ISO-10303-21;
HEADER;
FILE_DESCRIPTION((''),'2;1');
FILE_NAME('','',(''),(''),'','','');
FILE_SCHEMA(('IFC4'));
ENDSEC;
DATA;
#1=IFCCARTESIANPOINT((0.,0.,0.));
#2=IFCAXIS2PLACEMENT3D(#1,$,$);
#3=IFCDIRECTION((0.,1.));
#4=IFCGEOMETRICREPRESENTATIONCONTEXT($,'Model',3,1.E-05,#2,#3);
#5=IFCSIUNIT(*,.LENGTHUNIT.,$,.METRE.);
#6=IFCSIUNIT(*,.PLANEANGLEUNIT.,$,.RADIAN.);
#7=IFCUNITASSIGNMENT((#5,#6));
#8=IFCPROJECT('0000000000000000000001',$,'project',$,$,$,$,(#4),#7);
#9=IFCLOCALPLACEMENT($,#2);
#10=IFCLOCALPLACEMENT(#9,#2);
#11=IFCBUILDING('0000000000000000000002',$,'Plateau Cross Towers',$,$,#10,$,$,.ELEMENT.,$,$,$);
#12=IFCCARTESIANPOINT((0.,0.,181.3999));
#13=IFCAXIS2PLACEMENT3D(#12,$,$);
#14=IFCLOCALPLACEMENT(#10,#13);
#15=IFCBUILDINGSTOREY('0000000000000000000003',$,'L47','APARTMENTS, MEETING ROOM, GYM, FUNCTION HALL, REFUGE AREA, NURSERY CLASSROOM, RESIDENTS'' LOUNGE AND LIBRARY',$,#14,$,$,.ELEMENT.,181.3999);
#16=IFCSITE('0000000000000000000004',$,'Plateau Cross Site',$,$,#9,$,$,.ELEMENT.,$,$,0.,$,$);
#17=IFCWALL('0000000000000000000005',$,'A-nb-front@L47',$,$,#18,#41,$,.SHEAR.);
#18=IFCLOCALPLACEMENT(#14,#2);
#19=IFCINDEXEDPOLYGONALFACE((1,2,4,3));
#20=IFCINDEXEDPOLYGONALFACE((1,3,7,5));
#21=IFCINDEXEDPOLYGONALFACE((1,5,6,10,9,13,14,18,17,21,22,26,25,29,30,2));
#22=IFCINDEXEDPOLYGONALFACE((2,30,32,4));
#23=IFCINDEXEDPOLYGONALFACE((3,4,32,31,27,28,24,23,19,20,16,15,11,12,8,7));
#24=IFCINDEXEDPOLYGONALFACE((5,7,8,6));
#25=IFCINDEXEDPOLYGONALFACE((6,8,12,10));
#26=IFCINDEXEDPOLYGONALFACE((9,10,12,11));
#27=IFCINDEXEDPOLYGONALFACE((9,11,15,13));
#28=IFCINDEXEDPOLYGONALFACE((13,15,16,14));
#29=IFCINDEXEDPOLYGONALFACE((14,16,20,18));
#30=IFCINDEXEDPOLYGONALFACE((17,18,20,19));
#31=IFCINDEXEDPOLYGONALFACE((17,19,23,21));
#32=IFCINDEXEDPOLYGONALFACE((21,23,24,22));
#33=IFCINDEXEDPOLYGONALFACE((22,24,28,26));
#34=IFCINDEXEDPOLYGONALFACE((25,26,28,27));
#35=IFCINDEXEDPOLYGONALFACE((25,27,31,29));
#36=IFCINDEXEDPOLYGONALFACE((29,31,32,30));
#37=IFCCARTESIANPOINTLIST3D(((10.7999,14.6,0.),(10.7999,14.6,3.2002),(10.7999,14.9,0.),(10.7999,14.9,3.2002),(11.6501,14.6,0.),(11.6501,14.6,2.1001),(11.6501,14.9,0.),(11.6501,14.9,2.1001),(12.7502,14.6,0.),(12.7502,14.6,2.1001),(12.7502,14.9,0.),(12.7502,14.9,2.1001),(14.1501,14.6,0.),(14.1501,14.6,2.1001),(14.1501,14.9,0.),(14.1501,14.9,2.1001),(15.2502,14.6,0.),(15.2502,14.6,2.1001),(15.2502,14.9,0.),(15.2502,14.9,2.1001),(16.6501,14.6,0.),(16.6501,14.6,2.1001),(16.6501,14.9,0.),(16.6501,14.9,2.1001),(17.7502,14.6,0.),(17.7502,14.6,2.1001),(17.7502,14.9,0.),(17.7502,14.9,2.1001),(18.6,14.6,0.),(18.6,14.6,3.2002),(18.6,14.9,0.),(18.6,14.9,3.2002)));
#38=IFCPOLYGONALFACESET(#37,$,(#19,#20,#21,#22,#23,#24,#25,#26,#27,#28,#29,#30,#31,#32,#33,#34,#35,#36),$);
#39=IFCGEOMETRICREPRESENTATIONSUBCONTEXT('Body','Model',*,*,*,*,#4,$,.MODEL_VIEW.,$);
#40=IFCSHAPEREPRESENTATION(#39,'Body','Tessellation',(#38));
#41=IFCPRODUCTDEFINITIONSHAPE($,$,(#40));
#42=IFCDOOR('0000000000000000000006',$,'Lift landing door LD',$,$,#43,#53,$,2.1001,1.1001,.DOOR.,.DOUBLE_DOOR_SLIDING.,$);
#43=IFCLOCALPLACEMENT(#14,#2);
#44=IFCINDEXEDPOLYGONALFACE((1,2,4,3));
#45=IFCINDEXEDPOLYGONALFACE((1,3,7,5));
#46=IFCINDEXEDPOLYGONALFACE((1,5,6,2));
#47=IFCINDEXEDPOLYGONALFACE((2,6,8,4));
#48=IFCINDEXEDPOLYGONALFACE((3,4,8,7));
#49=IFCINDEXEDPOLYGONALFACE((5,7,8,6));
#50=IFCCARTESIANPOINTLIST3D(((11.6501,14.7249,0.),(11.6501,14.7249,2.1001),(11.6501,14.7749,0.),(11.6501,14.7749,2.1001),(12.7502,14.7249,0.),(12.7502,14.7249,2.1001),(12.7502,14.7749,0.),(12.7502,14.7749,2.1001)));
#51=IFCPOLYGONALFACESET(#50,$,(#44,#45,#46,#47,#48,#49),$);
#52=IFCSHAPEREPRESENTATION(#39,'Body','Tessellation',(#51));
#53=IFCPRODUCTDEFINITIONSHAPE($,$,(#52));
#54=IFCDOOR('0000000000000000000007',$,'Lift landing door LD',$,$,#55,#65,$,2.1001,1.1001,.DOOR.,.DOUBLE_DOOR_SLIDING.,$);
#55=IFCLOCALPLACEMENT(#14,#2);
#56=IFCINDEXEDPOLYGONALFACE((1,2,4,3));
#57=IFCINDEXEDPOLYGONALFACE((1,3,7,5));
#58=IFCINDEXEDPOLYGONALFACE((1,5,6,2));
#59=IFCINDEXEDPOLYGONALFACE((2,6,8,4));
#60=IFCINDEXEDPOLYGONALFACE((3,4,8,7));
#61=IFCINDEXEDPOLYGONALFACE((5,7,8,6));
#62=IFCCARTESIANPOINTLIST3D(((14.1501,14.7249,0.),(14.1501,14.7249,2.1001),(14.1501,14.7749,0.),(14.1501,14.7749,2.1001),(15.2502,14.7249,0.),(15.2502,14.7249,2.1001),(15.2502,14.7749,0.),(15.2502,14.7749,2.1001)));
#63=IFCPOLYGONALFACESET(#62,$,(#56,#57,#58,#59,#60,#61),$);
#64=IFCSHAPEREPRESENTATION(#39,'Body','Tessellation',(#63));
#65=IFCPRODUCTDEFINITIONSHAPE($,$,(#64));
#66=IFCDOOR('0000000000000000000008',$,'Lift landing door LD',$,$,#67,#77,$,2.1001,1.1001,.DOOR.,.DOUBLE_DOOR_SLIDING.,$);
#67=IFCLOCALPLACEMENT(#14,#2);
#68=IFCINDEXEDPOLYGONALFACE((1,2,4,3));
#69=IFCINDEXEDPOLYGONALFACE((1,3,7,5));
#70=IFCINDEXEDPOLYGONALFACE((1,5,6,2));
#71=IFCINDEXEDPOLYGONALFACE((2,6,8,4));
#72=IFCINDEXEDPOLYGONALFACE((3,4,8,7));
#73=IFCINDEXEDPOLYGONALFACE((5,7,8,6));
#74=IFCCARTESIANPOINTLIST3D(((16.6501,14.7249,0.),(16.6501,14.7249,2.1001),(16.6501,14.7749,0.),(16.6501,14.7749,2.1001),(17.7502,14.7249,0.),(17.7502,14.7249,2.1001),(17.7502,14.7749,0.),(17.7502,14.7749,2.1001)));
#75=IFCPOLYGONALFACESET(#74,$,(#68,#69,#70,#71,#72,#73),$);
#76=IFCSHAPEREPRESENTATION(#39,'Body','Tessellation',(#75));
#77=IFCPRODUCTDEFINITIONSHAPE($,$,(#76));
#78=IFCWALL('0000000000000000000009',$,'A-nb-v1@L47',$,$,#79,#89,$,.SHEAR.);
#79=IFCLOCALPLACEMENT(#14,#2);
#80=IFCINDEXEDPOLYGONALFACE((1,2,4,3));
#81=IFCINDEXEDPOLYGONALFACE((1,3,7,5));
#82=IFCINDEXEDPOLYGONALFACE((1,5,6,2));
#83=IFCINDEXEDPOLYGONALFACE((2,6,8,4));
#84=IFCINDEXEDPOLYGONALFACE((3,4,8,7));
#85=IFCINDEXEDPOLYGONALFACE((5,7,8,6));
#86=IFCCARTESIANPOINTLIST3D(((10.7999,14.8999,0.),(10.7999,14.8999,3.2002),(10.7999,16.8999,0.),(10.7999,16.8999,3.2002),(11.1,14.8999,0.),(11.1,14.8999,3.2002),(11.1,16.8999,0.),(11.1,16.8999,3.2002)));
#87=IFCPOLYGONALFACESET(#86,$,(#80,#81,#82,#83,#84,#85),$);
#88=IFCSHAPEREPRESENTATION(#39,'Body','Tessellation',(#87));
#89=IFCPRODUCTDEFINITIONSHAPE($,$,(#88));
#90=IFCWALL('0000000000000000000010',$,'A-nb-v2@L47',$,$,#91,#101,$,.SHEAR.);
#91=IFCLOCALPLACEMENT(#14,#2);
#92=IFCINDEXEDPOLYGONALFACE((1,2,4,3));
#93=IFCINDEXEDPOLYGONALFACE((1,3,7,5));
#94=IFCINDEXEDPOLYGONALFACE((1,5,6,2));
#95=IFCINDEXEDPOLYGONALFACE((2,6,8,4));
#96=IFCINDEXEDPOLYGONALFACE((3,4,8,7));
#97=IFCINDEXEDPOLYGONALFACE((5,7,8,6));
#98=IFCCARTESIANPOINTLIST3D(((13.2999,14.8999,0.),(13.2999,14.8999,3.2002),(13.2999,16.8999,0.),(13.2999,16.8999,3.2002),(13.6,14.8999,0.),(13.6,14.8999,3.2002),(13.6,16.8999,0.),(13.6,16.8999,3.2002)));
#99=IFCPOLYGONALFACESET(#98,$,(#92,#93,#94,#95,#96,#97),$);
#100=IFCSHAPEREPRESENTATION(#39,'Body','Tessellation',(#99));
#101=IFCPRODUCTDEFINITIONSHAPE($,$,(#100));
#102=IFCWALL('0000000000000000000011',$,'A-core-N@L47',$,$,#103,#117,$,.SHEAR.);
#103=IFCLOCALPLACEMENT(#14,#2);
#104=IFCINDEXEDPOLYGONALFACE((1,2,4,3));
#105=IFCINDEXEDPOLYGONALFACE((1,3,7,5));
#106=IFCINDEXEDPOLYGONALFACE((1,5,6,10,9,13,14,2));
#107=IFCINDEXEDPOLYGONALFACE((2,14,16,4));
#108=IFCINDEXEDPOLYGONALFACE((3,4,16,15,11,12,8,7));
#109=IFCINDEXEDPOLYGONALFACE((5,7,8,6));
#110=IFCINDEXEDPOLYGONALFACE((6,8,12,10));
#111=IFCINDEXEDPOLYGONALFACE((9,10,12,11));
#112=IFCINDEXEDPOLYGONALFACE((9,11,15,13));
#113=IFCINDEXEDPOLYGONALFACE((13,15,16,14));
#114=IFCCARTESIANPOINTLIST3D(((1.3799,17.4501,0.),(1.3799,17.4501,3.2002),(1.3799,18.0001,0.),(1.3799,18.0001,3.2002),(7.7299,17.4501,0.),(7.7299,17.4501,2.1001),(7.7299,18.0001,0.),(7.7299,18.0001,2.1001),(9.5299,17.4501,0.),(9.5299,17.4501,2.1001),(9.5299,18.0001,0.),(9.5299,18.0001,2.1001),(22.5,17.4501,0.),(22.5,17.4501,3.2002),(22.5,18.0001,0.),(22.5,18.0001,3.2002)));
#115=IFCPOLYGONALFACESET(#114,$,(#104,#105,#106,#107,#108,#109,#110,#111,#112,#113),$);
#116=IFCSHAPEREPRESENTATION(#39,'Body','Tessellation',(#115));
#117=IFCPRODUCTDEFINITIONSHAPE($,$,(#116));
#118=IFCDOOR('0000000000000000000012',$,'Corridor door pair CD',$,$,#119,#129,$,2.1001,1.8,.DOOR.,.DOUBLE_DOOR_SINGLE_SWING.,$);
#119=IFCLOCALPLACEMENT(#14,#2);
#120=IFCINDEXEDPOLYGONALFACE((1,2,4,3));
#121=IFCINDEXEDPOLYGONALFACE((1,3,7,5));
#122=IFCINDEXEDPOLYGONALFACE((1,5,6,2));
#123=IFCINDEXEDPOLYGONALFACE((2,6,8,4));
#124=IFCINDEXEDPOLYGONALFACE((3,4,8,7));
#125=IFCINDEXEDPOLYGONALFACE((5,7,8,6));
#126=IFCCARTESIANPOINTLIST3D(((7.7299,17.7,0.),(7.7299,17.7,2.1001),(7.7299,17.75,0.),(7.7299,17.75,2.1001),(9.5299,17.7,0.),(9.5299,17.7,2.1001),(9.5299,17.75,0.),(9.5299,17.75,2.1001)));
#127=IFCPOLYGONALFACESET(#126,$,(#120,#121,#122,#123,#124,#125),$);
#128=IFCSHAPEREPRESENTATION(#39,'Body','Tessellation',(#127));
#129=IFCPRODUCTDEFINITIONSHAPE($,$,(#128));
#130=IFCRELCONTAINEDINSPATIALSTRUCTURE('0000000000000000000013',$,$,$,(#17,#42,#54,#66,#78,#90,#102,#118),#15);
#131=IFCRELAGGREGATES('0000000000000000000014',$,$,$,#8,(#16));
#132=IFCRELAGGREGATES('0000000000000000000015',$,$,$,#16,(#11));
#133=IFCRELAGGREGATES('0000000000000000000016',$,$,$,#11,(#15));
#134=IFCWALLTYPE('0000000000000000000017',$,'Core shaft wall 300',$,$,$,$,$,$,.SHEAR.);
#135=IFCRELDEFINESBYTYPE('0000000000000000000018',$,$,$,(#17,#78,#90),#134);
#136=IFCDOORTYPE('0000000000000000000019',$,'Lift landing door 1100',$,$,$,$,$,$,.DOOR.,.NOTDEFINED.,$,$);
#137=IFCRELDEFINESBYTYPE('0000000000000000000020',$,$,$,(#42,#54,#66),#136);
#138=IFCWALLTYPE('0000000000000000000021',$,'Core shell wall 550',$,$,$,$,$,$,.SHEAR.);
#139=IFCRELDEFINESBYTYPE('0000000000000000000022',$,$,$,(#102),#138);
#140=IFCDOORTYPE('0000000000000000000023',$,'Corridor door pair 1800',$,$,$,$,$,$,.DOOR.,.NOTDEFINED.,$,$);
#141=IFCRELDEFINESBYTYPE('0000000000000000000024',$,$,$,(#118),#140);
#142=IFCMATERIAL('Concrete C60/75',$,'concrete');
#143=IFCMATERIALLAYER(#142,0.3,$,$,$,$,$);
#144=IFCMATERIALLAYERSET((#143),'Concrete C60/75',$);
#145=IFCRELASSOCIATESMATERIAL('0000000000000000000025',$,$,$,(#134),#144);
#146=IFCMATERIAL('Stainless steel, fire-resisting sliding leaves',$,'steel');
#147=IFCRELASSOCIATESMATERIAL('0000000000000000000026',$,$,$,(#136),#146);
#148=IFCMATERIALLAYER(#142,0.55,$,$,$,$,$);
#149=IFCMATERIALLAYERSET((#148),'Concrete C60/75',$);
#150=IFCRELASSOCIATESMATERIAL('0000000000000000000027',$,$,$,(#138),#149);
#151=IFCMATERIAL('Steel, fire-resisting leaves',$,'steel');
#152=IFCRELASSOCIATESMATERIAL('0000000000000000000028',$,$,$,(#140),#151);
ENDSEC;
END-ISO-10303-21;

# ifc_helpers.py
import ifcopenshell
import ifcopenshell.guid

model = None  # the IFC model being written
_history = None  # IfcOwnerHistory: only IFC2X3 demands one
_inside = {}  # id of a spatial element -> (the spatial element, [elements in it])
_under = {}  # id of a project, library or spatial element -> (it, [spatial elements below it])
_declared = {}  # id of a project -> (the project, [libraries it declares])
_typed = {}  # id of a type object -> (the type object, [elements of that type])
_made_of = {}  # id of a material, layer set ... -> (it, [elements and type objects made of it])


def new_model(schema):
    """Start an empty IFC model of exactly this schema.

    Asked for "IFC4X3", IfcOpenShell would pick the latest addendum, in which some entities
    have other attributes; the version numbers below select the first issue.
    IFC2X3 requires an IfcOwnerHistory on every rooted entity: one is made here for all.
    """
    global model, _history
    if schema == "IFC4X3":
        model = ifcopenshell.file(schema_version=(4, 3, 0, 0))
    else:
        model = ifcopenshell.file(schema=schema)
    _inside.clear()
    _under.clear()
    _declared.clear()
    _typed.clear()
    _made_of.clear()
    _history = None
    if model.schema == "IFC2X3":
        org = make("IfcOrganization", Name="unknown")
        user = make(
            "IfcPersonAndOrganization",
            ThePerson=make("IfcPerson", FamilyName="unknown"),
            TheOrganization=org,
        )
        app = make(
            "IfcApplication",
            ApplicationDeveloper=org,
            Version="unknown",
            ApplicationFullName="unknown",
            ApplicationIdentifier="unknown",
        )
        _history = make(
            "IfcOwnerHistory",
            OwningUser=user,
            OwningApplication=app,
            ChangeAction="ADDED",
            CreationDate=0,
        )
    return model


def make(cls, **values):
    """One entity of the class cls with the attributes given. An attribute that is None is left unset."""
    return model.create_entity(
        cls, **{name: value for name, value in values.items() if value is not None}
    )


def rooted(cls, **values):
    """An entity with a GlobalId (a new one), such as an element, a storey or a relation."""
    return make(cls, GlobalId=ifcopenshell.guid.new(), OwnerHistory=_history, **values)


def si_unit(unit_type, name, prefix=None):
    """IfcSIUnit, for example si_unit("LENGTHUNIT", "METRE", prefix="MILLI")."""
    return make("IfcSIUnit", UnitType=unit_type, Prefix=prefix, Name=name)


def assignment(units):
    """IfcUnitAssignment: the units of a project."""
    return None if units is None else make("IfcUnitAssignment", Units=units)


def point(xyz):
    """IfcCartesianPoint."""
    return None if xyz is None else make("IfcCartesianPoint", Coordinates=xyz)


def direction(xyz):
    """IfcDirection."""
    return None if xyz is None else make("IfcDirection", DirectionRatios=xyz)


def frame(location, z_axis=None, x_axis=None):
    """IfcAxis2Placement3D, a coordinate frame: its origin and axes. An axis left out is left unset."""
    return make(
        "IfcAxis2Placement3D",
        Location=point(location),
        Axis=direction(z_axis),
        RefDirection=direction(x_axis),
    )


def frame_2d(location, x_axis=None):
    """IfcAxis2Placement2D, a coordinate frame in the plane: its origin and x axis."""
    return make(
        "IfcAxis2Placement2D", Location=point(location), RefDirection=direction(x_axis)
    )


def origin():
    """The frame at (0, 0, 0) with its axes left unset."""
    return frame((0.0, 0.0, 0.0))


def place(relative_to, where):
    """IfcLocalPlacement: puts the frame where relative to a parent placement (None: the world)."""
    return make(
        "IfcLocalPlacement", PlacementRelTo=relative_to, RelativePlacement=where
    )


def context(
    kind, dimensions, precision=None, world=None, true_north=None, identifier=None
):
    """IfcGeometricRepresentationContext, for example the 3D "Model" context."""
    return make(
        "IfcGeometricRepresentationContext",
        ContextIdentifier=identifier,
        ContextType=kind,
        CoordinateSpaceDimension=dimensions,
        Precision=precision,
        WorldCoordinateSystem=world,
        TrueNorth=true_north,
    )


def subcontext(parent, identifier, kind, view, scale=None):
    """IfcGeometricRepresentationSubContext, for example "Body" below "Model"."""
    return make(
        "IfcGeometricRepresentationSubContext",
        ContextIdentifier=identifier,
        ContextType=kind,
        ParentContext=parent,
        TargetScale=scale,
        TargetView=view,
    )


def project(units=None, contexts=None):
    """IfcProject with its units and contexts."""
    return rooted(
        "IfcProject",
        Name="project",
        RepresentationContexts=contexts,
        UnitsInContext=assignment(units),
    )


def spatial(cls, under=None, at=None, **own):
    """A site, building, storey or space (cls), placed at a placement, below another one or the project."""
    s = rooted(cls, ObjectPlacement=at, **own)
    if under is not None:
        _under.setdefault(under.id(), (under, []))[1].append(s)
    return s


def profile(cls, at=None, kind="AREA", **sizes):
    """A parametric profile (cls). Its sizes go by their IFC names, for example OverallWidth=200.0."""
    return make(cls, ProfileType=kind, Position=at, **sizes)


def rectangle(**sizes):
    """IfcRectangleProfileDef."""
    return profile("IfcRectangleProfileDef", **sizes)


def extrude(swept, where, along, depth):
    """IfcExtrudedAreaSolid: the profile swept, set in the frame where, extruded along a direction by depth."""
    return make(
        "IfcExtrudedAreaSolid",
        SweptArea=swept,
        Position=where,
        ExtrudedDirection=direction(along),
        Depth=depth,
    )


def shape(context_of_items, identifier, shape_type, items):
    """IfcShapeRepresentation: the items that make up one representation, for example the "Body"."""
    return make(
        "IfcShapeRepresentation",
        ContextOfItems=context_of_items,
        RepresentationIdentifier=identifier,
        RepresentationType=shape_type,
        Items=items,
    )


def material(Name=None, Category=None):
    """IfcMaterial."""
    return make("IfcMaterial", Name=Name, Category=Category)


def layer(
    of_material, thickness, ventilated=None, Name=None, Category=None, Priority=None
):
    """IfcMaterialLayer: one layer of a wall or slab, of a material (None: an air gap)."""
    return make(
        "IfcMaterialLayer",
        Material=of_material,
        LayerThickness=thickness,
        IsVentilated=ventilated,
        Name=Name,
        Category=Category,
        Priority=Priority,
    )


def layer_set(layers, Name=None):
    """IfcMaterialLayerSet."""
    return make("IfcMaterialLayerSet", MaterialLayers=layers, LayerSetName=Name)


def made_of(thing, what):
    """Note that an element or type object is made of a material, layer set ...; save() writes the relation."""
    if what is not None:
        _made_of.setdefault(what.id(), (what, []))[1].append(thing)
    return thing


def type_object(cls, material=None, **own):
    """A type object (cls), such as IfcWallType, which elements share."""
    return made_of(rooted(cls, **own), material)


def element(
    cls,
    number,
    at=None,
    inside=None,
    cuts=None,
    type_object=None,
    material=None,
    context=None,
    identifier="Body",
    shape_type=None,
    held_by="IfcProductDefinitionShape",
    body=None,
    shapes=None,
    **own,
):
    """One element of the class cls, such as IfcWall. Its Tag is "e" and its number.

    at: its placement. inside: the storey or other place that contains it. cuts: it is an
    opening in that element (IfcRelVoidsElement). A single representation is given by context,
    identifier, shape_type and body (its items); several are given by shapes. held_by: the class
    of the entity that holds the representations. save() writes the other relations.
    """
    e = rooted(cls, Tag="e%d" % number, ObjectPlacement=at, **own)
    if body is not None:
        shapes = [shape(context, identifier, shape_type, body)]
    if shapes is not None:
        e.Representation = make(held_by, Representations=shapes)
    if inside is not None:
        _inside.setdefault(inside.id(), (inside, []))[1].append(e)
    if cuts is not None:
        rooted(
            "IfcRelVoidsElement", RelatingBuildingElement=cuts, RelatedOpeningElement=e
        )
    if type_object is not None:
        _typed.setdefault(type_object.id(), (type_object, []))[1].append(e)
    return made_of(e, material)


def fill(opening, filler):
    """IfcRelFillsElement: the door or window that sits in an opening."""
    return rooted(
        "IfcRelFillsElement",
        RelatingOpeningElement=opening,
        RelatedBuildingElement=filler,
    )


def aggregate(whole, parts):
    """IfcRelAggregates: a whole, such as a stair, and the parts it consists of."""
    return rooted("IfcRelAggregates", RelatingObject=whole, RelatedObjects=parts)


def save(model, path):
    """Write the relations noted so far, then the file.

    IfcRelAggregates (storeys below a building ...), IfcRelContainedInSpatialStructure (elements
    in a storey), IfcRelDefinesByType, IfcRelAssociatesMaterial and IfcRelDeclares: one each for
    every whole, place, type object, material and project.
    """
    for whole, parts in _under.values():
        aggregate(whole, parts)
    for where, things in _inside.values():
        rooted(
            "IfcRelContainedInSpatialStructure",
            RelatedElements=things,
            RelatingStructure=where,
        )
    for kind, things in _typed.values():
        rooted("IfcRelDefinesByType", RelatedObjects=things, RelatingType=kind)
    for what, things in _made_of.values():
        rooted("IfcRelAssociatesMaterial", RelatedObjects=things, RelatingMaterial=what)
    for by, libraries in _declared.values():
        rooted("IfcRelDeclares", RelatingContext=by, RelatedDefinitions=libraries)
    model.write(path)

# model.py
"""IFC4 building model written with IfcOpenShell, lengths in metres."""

from ifc_helpers import new_model, si_unit, direction, frame, frame_2d, origin, place, context, subcontext, project, spatial, rectangle, extrude, material, layer, layer_set, type_object, element, fill, save


model = new_model("IFC4")

# Units and contexts
model_context = context("Model", 3, precision=1e-05, world=origin(), true_north=direction((0.0, 1.0)))
body_context = subcontext(model_context, "Body", "Model", "MODEL_VIEW")
ifc_project = project(units=[si_unit("LENGTHUNIT", "METRE"), si_unit("PLANEANGLEUNIT", "RADIAN")], contexts=[model_context])

# Site, building, storey
site_placement = place(None, origin())
site = spatial("IfcSite", under=ifc_project, at=site_placement, Name="Plateau Cross Site", CompositionType="ELEMENT", RefElevation=0.0)
building_placement = place(site_placement, origin())
building = spatial("IfcBuilding", under=site, at=building_placement, Name="Plateau Cross Towers", CompositionType="ELEMENT")
storey_placement = place(building_placement, frame((0.0, 0.0, 181.3999)))
storey = spatial("IfcBuildingStorey", under=building, at=storey_placement, Name="L47", Description="APARTMENTS, MEETING ROOM, GYM, FUNCTION HALL, REFUGE AREA, NURSERY CLASSROOM, RESIDENTS' LOUNGE AND LIBRARY", CompositionType="ELEMENT", Elevation=181.3999)

# Shared definitions
ifc_material_1 = material(Name="Concrete C60/75", Category="concrete")

# Shared definitions
ifc_layer_1 = layer(ifc_material_1, 0.3)
ifc_layer_set_1 = layer_set([ifc_layer_1], Name="Concrete C60/75")
wall_type_1 = type_object("IfcWallType", Name="Core shaft wall 300", PredefinedType="SHEAR", material=ifc_layer_set_1)

# Wall, openings, doors
wall_1_placement = place(storey_placement, frame((10.8, 14.75, 0.0), z_axis=(0.0, 0.0, 1.0), x_axis=(1.0, 0.0, 0.0)))
wall_1 = element("IfcWall", 1, at=wall_1_placement, inside=storey, type_object=wall_type_1, Name="A-nb-front@L47", PredefinedType="SHEAR", context=body_context, shape_type="SweptSolid", body=[
    extrude(rectangle(XDim=7.8, YDim=0.3, at=frame_2d((3.8999, 0.0))), origin(), (0.0, 0.0, 1.0), 3.2002),
])
opening_1_placement = place(wall_1_placement, frame((0.8501, 0.0, 0.0)))
opening_1 = element("IfcOpeningElement", 2, at=opening_1_placement, cuts=wall_1, PredefinedType="OPENING", context=body_context, shape_type="SweptSolid", body=[
    extrude(rectangle(XDim=1.1001, YDim=2.1001, at=frame_2d((0.55, 1.05))), frame((0.0, 0.1599, 0.0), z_axis=(0.0, -1.0, 0.0), x_axis=(1.0, 0.0, 0.0)), (0.0, 0.0, 1.0), 0.3201),
])
opening_2_placement = place(wall_1_placement, frame((3.3501, 0.0, 0.0)))
opening_2 = element("IfcOpeningElement", 3, at=opening_2_placement, cuts=wall_1, PredefinedType="OPENING", context=body_context, shape_type="SweptSolid", body=[
    extrude(rectangle(XDim=1.1001, YDim=2.1001, at=frame_2d((0.55, 1.05))), frame((0.0, 0.1599, 0.0), z_axis=(0.0, -1.0, 0.0), x_axis=(1.0, 0.0, 0.0)), (0.0, 0.0, 1.0), 0.3201),
])
opening_3_placement = place(wall_1_placement, frame((5.8501, 0.0, 0.0)))
opening_3 = element("IfcOpeningElement", 4, at=opening_3_placement, cuts=wall_1, PredefinedType="OPENING", context=body_context, shape_type="SweptSolid", body=[
    extrude(rectangle(XDim=1.1001, YDim=2.1001, at=frame_2d((0.55, 1.05))), frame((0.0, 0.1599, 0.0), z_axis=(0.0, -1.0, 0.0), x_axis=(1.0, 0.0, 0.0)), (0.0, 0.0, 1.0), 0.3201),
])
ifc_material_2 = material(Name="Stainless steel, fire-resisting sliding leaves", Category="steel")
door_type_1 = type_object("IfcDoorType", Name="Lift landing door 1100", OperationType="NOTDEFINED", PredefinedType="DOOR", material=ifc_material_2)
door_1_placement = place(opening_1_placement, origin())
door_1 = element("IfcDoor", 5, at=door_1_placement, inside=storey, type_object=door_type_1, Name="Lift landing door LD", OperationType="DOUBLE_DOOR_SLIDING", OverallHeight=2.1001, OverallWidth=1.1001, PredefinedType="DOOR", context=body_context, shape_type="SweptSolid", body=[
    extrude(rectangle(XDim=1.1001, YDim=2.1001, at=frame_2d((0.55, 1.05))), frame((0.0, 0.0249, 0.0), z_axis=(0.0, -1.0, 0.0), x_axis=(1.0, 0.0, 0.0)), (0.0, 0.0, 1.0), 0.05),
])
fill(opening_1, door_1)
door_2_placement = place(opening_2_placement, origin())
door_2 = element("IfcDoor", 6, at=door_2_placement, inside=storey, type_object=door_type_1, Name="Lift landing door LD", OperationType="DOUBLE_DOOR_SLIDING", OverallHeight=2.1001, OverallWidth=1.1001, PredefinedType="DOOR", context=body_context, shape_type="SweptSolid", body=[
    extrude(rectangle(XDim=1.1001, YDim=2.1001, at=frame_2d((0.55, 1.05))), frame((0.0, 0.0249, 0.0), z_axis=(0.0, -1.0, 0.0), x_axis=(1.0, 0.0, 0.0)), (0.0, 0.0, 1.0), 0.05),
])
fill(opening_2, door_2)
door_3_placement = place(opening_3_placement, origin())
door_3 = element("IfcDoor", 7, at=door_3_placement, inside=storey, type_object=door_type_1, Name="Lift landing door LD", OperationType="DOUBLE_DOOR_SLIDING", OverallHeight=2.1001, OverallWidth=1.1001, PredefinedType="DOOR", context=body_context, shape_type="SweptSolid", body=[
    extrude(rectangle(XDim=1.1001, YDim=2.1001, at=frame_2d((0.55, 1.05))), frame((0.0, 0.0249, 0.0), z_axis=(0.0, -1.0, 0.0), x_axis=(1.0, 0.0, 0.0)), (0.0, 0.0, 1.0), 0.05),
])
fill(opening_3, door_3)

# Walls
for number, where, z_axis, x_axis, name in (
    (8, (10.95, 14.8999, 0.0), (0.0, 0.0, 1.0), (0.0, 1.0, 0.0), "A-nb-v1@L47"),
    (9, (13.45, 14.8999, 0.0), (0.0, 0.0, 1.0), (0.0, 1.0, 0.0), "A-nb-v2@L47"),
):
    element("IfcWall", number, at=place(storey_placement, frame(where, z_axis=z_axis, x_axis=x_axis)), inside=storey, type_object=wall_type_1, Name=name, PredefinedType="SHEAR", context=body_context, shape_type="SweptSolid", body=[
        extrude(rectangle(XDim=2.0, YDim=0.3, at=frame_2d((1.0, 0.0))), origin(), (0.0, 0.0, 1.0), 3.2002),
    ])

# Wall, opening, door
ifc_layer_2 = layer(ifc_material_1, 0.55)
ifc_layer_set_2 = layer_set([ifc_layer_2], Name="Concrete C60/75")
wall_type_2 = type_object("IfcWallType", Name="Core shell wall 550", PredefinedType="SHEAR", material=ifc_layer_set_2)
wall_2_placement = place(storey_placement, frame((1.3799, 17.7251, 0.0), z_axis=(0.0, 0.0, 1.0), x_axis=(1.0, 0.0, 0.0)))
wall_2 = element("IfcWall", 10, at=wall_2_placement, inside=storey, type_object=wall_type_2, Name="A-core-N@L47", PredefinedType="SHEAR", context=body_context, shape_type="SweptSolid", body=[
    extrude(rectangle(XDim=21.1201, YDim=0.55, at=frame_2d((10.5601, 0.0))), origin(), (0.0, 0.0, 1.0), 3.2002),
])
opening_4_placement = place(wall_2_placement, frame((6.3501, 0.0, 0.0)))
opening_4 = element("IfcOpeningElement", 11, at=opening_4_placement, cuts=wall_2, PredefinedType="OPENING", context=body_context, shape_type="SweptSolid", body=[
    extrude(rectangle(XDim=1.8, YDim=2.1001, at=frame_2d((0.8999, 1.05))), frame((0.0, 0.2849, 0.0), z_axis=(0.0, -1.0, 0.0), x_axis=(1.0, 0.0, 0.0)), (0.0, 0.0, 1.0), 0.5701),
])
ifc_material_3 = material(Name="Steel, fire-resisting leaves", Category="steel")
door_type_2 = type_object("IfcDoorType", Name="Corridor door pair 1800", OperationType="NOTDEFINED", PredefinedType="DOOR", material=ifc_material_3)
door_4_placement = place(opening_4_placement, origin())
door_4 = element("IfcDoor", 12, at=door_4_placement, inside=storey, type_object=door_type_2, Name="Corridor door pair CD", OperationType="DOUBLE_DOOR_SINGLE_SWING", OverallHeight=2.1001, OverallWidth=1.8, PredefinedType="DOOR", context=body_context, shape_type="SweptSolid", body=[
    extrude(rectangle(XDim=1.8, YDim=2.1001, at=frame_2d((0.8999, 1.05))), frame((0.0, 0.0249, 0.0), z_axis=(0.0, -1.0, 0.0), x_axis=(1.0, 0.0, 0.0)), (0.0, 0.0, 1.0), 0.05),
])
fill(opening_4, door_4)

save(model, "model.ifc")
